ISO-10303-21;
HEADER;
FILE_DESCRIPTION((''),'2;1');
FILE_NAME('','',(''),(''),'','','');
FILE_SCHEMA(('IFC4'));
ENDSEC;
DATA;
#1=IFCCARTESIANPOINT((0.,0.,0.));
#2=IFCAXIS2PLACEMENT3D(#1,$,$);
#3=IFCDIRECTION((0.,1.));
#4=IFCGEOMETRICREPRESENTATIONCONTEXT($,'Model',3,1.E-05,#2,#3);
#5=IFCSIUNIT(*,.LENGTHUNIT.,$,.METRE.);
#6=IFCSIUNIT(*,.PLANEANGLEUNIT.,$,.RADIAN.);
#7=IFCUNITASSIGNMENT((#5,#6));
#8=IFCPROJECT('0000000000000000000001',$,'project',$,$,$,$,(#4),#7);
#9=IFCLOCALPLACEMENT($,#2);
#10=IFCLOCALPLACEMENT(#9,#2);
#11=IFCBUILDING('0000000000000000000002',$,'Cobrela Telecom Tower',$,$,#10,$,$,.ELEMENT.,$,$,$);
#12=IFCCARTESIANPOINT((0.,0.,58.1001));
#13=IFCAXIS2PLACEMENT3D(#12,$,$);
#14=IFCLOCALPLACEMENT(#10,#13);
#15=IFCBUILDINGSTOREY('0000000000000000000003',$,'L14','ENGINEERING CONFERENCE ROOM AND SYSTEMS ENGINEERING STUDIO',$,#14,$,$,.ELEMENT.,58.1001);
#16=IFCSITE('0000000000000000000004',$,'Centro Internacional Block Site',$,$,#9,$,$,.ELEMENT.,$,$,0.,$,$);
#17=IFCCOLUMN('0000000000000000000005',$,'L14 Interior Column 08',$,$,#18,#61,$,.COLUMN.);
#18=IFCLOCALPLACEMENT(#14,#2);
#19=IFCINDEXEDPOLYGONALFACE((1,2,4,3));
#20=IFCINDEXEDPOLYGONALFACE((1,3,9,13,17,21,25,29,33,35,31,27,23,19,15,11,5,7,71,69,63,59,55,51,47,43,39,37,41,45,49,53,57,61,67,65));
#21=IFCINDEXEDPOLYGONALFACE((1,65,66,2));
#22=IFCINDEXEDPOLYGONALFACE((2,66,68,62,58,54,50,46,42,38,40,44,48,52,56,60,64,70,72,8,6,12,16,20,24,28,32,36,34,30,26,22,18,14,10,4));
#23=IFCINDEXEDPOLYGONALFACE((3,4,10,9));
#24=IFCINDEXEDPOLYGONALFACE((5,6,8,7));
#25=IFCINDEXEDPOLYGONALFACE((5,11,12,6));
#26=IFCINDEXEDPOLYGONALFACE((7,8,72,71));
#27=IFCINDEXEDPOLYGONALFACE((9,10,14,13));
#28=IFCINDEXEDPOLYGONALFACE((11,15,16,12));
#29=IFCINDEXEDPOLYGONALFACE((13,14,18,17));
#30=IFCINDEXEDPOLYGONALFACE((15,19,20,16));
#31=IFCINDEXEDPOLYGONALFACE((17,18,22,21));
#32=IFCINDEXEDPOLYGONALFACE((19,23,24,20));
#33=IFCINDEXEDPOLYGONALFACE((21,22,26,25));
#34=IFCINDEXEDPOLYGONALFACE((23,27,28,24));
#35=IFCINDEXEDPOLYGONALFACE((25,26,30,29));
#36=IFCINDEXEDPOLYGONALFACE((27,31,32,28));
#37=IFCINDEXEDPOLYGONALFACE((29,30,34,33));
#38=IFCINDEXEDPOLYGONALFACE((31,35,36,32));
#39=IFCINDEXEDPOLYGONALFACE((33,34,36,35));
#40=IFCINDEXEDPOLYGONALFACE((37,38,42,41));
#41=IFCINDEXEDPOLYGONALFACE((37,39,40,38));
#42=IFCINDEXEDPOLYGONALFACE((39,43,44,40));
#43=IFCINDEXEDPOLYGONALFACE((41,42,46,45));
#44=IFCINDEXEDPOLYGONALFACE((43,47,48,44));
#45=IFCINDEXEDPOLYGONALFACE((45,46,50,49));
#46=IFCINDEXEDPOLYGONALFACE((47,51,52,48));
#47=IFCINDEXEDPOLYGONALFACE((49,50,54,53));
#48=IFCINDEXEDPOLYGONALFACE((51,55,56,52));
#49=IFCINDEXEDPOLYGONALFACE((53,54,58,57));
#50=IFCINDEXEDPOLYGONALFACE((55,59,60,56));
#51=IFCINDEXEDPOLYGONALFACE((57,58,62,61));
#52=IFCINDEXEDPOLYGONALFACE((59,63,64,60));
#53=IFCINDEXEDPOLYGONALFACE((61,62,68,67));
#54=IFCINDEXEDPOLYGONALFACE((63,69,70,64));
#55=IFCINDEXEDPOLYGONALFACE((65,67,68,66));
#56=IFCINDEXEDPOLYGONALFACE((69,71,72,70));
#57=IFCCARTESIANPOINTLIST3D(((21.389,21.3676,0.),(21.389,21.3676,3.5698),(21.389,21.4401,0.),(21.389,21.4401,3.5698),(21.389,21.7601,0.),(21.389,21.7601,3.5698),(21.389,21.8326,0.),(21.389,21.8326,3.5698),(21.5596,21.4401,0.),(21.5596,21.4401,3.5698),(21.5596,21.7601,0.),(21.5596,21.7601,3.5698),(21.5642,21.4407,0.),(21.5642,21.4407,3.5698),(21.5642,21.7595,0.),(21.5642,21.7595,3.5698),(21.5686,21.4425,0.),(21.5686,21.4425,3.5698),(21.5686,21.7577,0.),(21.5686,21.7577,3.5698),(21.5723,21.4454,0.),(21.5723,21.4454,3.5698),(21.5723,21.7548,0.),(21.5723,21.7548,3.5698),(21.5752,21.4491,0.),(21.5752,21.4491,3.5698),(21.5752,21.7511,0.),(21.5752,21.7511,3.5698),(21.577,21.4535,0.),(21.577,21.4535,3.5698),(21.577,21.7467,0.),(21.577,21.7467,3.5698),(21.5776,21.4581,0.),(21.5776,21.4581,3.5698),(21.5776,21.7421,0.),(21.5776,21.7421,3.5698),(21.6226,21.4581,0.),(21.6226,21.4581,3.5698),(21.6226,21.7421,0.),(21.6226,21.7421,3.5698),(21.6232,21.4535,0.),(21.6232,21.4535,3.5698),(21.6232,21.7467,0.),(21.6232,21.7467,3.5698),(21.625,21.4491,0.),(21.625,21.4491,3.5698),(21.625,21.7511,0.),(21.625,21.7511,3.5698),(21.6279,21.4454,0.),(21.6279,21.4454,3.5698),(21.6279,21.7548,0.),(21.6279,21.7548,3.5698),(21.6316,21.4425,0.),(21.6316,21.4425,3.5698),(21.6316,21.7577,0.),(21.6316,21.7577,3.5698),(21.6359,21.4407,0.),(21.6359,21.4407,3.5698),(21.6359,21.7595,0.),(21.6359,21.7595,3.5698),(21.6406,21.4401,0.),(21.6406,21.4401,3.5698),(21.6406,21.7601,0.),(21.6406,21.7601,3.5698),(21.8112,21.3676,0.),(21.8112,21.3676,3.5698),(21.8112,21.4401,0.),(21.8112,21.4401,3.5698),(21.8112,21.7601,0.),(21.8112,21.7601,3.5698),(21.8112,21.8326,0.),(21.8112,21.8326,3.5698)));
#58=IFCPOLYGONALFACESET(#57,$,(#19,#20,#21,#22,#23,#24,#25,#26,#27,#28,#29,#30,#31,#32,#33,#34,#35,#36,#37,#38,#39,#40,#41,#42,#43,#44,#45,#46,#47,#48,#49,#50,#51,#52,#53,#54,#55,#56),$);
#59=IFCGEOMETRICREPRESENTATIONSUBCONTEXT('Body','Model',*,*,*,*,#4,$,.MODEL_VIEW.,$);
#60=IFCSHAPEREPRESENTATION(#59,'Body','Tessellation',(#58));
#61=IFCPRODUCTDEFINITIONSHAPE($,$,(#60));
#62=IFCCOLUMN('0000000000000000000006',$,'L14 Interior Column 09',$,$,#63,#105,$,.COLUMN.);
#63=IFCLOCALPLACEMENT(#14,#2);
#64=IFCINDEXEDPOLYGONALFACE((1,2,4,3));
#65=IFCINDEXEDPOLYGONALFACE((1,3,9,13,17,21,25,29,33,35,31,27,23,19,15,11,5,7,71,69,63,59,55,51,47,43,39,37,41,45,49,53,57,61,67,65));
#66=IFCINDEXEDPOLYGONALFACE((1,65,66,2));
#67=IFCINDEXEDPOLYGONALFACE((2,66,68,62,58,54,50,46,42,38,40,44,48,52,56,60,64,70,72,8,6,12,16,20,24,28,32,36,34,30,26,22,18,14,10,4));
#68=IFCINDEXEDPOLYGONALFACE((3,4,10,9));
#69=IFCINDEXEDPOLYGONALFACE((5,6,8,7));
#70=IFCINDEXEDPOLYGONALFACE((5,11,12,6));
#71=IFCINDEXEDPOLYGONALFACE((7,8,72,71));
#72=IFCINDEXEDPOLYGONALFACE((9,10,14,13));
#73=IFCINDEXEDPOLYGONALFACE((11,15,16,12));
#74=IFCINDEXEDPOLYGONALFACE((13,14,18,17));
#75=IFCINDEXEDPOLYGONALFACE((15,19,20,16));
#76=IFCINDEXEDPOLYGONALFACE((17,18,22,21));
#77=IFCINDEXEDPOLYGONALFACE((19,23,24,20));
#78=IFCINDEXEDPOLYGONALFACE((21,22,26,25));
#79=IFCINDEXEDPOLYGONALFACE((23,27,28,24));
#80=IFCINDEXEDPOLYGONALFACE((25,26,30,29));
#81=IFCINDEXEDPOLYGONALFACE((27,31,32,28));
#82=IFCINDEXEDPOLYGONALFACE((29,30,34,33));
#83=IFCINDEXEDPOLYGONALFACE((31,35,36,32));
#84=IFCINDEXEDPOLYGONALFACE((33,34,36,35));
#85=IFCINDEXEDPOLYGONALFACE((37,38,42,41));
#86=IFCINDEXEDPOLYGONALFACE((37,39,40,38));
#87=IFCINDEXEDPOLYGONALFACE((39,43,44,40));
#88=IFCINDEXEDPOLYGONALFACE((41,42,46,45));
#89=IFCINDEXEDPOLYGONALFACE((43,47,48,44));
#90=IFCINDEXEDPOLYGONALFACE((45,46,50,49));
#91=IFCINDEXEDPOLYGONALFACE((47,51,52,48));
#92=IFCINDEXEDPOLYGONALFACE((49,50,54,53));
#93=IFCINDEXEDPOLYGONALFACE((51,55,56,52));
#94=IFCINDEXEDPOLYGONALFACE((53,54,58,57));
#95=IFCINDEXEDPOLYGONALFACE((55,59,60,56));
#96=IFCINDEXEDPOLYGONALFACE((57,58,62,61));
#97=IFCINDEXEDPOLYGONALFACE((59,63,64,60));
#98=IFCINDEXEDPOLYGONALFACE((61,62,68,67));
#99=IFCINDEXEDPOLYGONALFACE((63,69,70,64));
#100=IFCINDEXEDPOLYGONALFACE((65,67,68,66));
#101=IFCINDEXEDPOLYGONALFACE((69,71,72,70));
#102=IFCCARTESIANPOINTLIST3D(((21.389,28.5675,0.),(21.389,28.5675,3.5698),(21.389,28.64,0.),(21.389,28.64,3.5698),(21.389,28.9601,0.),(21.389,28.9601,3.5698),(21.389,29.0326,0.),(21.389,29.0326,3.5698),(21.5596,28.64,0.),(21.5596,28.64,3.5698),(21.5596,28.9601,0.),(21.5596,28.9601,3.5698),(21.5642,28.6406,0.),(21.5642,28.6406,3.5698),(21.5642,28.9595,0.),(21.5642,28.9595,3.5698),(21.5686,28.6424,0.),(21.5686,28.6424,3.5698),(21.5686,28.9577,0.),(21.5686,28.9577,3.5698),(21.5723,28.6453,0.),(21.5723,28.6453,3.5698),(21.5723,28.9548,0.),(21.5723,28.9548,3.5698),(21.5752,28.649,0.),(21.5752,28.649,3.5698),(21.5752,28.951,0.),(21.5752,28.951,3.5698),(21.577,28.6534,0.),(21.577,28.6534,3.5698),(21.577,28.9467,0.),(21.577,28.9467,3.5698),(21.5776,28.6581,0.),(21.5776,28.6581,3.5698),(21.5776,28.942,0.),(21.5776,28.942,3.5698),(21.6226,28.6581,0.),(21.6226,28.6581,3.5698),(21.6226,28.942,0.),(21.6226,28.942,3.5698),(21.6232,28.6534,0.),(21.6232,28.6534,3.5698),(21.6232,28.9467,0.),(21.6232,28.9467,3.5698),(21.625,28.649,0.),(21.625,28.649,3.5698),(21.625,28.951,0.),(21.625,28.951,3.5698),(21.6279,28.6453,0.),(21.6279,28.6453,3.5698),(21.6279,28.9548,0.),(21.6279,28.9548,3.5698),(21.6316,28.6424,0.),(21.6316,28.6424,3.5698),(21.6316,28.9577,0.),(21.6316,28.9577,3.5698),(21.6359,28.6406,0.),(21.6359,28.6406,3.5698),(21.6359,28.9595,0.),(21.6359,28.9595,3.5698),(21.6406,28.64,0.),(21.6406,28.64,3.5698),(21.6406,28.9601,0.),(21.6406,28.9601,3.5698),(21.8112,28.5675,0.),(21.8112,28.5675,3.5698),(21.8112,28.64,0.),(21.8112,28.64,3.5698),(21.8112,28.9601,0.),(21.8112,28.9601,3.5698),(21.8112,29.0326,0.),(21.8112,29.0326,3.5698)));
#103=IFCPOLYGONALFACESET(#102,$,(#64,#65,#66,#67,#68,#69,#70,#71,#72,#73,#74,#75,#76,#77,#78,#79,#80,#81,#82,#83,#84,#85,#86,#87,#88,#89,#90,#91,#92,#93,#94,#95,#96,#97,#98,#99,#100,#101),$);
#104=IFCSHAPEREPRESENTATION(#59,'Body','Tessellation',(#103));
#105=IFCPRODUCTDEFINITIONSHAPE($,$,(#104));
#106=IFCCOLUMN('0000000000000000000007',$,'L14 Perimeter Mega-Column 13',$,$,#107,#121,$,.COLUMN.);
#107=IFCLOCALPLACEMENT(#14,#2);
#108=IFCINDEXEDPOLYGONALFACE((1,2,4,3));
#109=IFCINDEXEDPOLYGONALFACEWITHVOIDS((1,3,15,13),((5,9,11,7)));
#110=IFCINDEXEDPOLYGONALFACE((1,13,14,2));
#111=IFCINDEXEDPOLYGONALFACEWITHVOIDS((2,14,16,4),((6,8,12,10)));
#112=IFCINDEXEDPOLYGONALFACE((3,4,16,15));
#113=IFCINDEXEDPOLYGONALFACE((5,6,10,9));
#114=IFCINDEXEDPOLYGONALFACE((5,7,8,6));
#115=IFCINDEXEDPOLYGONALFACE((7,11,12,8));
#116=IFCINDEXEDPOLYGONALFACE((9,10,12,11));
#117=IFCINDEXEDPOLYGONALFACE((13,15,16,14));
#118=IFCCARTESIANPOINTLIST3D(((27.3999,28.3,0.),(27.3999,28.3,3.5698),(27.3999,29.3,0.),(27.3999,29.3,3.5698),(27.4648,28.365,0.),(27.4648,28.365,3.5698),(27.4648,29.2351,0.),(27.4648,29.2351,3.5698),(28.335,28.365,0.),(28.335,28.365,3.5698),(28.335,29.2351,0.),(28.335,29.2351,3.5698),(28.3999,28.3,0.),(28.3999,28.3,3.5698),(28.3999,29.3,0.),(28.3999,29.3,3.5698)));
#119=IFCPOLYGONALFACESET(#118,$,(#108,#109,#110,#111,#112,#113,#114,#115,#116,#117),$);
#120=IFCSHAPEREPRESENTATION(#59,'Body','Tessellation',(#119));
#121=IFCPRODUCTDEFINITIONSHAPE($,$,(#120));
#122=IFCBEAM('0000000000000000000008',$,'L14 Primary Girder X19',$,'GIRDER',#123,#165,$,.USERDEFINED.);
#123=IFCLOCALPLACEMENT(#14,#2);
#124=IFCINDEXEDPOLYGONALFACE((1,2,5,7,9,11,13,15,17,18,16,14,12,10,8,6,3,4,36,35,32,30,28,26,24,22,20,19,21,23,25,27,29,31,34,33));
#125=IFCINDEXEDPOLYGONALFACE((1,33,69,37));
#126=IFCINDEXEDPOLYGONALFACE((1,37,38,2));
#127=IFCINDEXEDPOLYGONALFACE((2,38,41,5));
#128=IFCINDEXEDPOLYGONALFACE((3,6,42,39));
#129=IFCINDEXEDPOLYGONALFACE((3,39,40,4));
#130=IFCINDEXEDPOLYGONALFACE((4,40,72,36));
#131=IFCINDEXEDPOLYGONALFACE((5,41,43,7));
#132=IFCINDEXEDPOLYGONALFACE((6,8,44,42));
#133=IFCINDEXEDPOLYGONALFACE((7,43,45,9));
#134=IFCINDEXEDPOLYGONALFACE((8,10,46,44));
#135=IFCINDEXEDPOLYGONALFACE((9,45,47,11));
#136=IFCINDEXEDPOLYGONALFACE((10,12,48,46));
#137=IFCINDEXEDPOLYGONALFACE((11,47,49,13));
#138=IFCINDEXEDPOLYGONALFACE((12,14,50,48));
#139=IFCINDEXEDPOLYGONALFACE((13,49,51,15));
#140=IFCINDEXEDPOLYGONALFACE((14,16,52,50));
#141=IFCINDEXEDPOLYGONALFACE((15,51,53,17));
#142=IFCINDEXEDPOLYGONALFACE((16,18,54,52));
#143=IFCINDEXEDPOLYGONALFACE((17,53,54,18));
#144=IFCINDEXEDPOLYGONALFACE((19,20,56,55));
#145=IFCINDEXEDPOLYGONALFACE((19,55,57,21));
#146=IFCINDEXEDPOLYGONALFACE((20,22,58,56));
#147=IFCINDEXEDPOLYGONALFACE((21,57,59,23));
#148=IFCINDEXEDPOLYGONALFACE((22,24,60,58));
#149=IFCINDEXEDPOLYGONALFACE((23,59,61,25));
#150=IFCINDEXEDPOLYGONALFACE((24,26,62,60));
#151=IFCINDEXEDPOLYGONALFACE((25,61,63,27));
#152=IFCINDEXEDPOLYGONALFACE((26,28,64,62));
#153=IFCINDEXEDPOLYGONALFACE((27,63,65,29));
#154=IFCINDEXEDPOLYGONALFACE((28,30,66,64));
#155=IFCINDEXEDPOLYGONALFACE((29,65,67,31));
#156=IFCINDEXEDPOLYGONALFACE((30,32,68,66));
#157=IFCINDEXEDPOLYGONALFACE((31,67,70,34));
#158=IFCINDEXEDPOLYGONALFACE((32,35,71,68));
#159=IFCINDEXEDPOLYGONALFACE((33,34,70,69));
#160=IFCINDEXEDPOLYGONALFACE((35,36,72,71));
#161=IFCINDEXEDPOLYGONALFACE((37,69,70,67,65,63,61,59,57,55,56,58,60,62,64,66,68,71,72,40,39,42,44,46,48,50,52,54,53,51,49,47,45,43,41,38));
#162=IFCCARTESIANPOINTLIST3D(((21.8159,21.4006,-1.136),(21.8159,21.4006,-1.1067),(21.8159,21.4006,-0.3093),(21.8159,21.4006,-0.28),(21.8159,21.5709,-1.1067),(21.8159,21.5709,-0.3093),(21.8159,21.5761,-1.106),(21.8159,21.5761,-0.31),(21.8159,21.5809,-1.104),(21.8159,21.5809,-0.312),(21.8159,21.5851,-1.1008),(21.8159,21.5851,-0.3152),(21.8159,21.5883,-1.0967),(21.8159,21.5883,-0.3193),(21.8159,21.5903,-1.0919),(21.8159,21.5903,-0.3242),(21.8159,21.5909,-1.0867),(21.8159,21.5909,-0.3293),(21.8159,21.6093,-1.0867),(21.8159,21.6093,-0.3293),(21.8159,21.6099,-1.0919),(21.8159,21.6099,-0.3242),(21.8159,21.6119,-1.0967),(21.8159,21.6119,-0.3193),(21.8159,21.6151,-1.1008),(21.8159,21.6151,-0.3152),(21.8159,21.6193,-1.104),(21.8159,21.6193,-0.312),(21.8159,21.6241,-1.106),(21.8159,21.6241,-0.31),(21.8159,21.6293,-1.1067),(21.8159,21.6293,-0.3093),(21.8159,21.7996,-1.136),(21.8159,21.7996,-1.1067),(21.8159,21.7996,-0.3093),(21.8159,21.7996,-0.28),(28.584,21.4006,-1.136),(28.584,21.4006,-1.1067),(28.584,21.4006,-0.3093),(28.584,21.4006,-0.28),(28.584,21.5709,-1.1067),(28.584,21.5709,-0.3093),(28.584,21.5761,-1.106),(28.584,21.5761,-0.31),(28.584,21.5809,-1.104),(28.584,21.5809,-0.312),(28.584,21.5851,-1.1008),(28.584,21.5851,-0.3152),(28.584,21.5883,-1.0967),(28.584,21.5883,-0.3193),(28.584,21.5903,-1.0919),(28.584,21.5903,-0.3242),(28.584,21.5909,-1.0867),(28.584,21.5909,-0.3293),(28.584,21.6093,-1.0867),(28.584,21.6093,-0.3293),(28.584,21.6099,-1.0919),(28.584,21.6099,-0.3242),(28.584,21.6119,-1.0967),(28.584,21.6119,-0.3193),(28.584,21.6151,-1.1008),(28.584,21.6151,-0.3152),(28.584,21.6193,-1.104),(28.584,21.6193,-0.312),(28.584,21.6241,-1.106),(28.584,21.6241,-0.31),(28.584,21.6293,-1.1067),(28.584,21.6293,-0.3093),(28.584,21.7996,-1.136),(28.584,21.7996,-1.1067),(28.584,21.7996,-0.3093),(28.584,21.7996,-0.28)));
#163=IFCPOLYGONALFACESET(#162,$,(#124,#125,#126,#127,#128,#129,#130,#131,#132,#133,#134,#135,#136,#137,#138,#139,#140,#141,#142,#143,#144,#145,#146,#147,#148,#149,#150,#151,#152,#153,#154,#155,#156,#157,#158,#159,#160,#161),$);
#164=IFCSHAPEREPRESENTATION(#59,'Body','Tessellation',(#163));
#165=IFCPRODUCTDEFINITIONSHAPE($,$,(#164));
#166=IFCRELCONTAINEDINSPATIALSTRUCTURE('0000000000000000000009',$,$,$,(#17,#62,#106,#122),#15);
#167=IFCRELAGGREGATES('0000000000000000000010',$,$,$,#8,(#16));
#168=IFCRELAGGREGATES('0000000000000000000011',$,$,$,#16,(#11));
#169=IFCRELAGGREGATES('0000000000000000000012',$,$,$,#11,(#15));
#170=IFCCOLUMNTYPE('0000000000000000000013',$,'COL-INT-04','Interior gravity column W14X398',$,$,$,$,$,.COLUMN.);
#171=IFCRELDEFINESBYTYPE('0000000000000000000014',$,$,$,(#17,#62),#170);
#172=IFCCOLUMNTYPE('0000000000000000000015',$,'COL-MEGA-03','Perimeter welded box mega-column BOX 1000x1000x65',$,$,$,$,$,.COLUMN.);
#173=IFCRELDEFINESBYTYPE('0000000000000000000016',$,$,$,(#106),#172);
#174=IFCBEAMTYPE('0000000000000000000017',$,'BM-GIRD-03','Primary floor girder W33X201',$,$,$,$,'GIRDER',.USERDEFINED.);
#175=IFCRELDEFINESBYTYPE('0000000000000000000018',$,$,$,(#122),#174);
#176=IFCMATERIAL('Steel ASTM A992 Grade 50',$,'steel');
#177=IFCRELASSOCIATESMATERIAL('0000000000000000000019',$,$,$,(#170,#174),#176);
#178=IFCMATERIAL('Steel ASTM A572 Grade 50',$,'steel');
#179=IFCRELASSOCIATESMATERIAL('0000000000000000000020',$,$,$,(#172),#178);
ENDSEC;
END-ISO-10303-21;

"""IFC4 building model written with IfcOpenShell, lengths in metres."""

from ifc_helpers import new_model, si_unit, direction, frame, origin, origin_2d, place, context, subcontext, project, spatial, hollow_rectangle, i_section, extrude, material, material_profile, profile_set, type_object, element, save


model = new_model("IFC4")

# Units and contexts
model_context = context("Model", 3, precision=1e-05, world=origin(), true_north=direction((0.0, 1.0)))
body_context = subcontext(model_context, "Body", "Model", "MODEL_VIEW")
ifc_project = project(units=[si_unit("LENGTHUNIT", "METRE"), si_unit("PLANEANGLEUNIT", "RADIAN")], contexts=[model_context])

# Site, building, storey
site_placement = place(None, origin())
site = spatial("IfcSite", under=ifc_project, at=site_placement, Name="Centro Internacional Block Site", CompositionType="ELEMENT", RefElevation=0.0)
building_placement = place(site_placement, origin())
building = spatial("IfcBuilding", under=site, at=building_placement, Name="Cobrela Telecom Tower", CompositionType="ELEMENT")
storey_placement = place(building_placement, frame((0.0, 0.0, 58.1001)))
storey = spatial("IfcBuildingStorey", under=building, at=storey_placement, Name="L14", Description="ENGINEERING CONFERENCE ROOM AND SYSTEMS ENGINEERING STUDIO", CompositionType="ELEMENT", Elevation=58.1001)

# Columns
ifc_material_1 = material(Name="Steel ASTM A992 Grade 50", Category="steel")
ifc_material_profile_1 = material_profile(ifc_material_1, i_section(OverallWidth=0.4221, OverallDepth=0.4651, WebThickness=0.0449, FlangeThickness=0.0725, FilletRadius=0.0181, at=origin_2d()), Name="W14X398")
ifc_profile_set_1 = profile_set([ifc_material_profile_1], Name="Steel ASTM A992 Grade 50")
column_type_1 = type_object("IfcColumnType", Name="COL-INT-04", Description="Interior gravity column W14X398", PredefinedType="COLUMN", material=ifc_profile_set_1)
for number, where, z_axis, x_axis, name in (
    (1, (21.6001, 21.6001, 0.0), (0.0, 0.0, 1.0), (1.0, 0.0, 0.0), "L14 Interior Column 08"),
    (2, (21.6001, 28.8, 0.0), (0.0, 0.0, 1.0), (1.0, 0.0, 0.0), "L14 Interior Column 09"),
):
    element("IfcColumn", number, at=place(storey_placement, frame(where, z_axis=z_axis, x_axis=x_axis)), inside=storey, type_object=column_type_1, Name=name, PredefinedType="COLUMN", context=body_context, shape_type="SweptSolid", body=[
        extrude(i_section(OverallWidth=0.4221, OverallDepth=0.4651, WebThickness=0.0449, FlangeThickness=0.0725, FilletRadius=0.0181, at=origin_2d()), origin(), (0.0, 0.0, 1.0), 3.5698),
    ])
ifc_material_2 = material(Name="Steel ASTM A572 Grade 50", Category="steel")
ifc_material_profile_2 = material_profile(ifc_material_2, hollow_rectangle(XDim=1.0, YDim=1.0, WallThickness=0.0649, at=origin_2d()), Name="BOX 1000x1000x65")
ifc_profile_set_2 = profile_set([ifc_material_profile_2], Name="Steel ASTM A572 Grade 50")
column_type_2 = type_object("IfcColumnType", Name="COL-MEGA-03", Description="Perimeter welded box mega-column BOX 1000x1000x65", PredefinedType="COLUMN", material=ifc_profile_set_2)
column_placement = place(storey_placement, frame((27.8999, 28.8, 0.0), z_axis=(0.0, 0.0, 1.0), x_axis=(1.0, 0.0, 0.0)))
element("IfcColumn", 3, at=column_placement, inside=storey, type_object=column_type_2, Name="L14 Perimeter Mega-Column 13", PredefinedType="COLUMN", context=body_context, shape_type="SweptSolid", body=[
    extrude(hollow_rectangle(XDim=1.0, YDim=1.0, WallThickness=0.0649, at=origin_2d()), origin(), (0.0, 0.0, 1.0), 3.5698),
])

# Beam
ifc_material_profile_3 = material_profile(ifc_material_1, i_section(OverallWidth=0.3989, OverallDepth=0.856, WebThickness=0.0183, FlangeThickness=0.0293, FilletRadius=0.02, at=origin_2d()), Name="W33X201")
ifc_profile_set_3 = profile_set([ifc_material_profile_3], Name="Steel ASTM A992 Grade 50")
beam_type_1 = type_object("IfcBeamType", Name="BM-GIRD-03", Description="Primary floor girder W33X201", ElementType="GIRDER", PredefinedType="USERDEFINED", material=ifc_profile_set_3)
beam_1_placement = place(storey_placement, frame((21.8159, 21.6001, -0.708), z_axis=(1.0, 0.0, 0.0), x_axis=(0.0, 1.0, 0.0)))
element("IfcBeam", 4, at=beam_1_placement, inside=storey, type_object=beam_type_1, Name="L14 Primary Girder X19", ObjectType="GIRDER", PredefinedType="USERDEFINED", context=body_context, shape_type="SweptSolid", body=[
    extrude(i_section(OverallWidth=0.3989, OverallDepth=0.856, WebThickness=0.0183, FlangeThickness=0.0293, FilletRadius=0.02, at=origin_2d()), origin(), (0.0, 0.0, 1.0), 6.7681),
])

save(model, "model.ifc")
